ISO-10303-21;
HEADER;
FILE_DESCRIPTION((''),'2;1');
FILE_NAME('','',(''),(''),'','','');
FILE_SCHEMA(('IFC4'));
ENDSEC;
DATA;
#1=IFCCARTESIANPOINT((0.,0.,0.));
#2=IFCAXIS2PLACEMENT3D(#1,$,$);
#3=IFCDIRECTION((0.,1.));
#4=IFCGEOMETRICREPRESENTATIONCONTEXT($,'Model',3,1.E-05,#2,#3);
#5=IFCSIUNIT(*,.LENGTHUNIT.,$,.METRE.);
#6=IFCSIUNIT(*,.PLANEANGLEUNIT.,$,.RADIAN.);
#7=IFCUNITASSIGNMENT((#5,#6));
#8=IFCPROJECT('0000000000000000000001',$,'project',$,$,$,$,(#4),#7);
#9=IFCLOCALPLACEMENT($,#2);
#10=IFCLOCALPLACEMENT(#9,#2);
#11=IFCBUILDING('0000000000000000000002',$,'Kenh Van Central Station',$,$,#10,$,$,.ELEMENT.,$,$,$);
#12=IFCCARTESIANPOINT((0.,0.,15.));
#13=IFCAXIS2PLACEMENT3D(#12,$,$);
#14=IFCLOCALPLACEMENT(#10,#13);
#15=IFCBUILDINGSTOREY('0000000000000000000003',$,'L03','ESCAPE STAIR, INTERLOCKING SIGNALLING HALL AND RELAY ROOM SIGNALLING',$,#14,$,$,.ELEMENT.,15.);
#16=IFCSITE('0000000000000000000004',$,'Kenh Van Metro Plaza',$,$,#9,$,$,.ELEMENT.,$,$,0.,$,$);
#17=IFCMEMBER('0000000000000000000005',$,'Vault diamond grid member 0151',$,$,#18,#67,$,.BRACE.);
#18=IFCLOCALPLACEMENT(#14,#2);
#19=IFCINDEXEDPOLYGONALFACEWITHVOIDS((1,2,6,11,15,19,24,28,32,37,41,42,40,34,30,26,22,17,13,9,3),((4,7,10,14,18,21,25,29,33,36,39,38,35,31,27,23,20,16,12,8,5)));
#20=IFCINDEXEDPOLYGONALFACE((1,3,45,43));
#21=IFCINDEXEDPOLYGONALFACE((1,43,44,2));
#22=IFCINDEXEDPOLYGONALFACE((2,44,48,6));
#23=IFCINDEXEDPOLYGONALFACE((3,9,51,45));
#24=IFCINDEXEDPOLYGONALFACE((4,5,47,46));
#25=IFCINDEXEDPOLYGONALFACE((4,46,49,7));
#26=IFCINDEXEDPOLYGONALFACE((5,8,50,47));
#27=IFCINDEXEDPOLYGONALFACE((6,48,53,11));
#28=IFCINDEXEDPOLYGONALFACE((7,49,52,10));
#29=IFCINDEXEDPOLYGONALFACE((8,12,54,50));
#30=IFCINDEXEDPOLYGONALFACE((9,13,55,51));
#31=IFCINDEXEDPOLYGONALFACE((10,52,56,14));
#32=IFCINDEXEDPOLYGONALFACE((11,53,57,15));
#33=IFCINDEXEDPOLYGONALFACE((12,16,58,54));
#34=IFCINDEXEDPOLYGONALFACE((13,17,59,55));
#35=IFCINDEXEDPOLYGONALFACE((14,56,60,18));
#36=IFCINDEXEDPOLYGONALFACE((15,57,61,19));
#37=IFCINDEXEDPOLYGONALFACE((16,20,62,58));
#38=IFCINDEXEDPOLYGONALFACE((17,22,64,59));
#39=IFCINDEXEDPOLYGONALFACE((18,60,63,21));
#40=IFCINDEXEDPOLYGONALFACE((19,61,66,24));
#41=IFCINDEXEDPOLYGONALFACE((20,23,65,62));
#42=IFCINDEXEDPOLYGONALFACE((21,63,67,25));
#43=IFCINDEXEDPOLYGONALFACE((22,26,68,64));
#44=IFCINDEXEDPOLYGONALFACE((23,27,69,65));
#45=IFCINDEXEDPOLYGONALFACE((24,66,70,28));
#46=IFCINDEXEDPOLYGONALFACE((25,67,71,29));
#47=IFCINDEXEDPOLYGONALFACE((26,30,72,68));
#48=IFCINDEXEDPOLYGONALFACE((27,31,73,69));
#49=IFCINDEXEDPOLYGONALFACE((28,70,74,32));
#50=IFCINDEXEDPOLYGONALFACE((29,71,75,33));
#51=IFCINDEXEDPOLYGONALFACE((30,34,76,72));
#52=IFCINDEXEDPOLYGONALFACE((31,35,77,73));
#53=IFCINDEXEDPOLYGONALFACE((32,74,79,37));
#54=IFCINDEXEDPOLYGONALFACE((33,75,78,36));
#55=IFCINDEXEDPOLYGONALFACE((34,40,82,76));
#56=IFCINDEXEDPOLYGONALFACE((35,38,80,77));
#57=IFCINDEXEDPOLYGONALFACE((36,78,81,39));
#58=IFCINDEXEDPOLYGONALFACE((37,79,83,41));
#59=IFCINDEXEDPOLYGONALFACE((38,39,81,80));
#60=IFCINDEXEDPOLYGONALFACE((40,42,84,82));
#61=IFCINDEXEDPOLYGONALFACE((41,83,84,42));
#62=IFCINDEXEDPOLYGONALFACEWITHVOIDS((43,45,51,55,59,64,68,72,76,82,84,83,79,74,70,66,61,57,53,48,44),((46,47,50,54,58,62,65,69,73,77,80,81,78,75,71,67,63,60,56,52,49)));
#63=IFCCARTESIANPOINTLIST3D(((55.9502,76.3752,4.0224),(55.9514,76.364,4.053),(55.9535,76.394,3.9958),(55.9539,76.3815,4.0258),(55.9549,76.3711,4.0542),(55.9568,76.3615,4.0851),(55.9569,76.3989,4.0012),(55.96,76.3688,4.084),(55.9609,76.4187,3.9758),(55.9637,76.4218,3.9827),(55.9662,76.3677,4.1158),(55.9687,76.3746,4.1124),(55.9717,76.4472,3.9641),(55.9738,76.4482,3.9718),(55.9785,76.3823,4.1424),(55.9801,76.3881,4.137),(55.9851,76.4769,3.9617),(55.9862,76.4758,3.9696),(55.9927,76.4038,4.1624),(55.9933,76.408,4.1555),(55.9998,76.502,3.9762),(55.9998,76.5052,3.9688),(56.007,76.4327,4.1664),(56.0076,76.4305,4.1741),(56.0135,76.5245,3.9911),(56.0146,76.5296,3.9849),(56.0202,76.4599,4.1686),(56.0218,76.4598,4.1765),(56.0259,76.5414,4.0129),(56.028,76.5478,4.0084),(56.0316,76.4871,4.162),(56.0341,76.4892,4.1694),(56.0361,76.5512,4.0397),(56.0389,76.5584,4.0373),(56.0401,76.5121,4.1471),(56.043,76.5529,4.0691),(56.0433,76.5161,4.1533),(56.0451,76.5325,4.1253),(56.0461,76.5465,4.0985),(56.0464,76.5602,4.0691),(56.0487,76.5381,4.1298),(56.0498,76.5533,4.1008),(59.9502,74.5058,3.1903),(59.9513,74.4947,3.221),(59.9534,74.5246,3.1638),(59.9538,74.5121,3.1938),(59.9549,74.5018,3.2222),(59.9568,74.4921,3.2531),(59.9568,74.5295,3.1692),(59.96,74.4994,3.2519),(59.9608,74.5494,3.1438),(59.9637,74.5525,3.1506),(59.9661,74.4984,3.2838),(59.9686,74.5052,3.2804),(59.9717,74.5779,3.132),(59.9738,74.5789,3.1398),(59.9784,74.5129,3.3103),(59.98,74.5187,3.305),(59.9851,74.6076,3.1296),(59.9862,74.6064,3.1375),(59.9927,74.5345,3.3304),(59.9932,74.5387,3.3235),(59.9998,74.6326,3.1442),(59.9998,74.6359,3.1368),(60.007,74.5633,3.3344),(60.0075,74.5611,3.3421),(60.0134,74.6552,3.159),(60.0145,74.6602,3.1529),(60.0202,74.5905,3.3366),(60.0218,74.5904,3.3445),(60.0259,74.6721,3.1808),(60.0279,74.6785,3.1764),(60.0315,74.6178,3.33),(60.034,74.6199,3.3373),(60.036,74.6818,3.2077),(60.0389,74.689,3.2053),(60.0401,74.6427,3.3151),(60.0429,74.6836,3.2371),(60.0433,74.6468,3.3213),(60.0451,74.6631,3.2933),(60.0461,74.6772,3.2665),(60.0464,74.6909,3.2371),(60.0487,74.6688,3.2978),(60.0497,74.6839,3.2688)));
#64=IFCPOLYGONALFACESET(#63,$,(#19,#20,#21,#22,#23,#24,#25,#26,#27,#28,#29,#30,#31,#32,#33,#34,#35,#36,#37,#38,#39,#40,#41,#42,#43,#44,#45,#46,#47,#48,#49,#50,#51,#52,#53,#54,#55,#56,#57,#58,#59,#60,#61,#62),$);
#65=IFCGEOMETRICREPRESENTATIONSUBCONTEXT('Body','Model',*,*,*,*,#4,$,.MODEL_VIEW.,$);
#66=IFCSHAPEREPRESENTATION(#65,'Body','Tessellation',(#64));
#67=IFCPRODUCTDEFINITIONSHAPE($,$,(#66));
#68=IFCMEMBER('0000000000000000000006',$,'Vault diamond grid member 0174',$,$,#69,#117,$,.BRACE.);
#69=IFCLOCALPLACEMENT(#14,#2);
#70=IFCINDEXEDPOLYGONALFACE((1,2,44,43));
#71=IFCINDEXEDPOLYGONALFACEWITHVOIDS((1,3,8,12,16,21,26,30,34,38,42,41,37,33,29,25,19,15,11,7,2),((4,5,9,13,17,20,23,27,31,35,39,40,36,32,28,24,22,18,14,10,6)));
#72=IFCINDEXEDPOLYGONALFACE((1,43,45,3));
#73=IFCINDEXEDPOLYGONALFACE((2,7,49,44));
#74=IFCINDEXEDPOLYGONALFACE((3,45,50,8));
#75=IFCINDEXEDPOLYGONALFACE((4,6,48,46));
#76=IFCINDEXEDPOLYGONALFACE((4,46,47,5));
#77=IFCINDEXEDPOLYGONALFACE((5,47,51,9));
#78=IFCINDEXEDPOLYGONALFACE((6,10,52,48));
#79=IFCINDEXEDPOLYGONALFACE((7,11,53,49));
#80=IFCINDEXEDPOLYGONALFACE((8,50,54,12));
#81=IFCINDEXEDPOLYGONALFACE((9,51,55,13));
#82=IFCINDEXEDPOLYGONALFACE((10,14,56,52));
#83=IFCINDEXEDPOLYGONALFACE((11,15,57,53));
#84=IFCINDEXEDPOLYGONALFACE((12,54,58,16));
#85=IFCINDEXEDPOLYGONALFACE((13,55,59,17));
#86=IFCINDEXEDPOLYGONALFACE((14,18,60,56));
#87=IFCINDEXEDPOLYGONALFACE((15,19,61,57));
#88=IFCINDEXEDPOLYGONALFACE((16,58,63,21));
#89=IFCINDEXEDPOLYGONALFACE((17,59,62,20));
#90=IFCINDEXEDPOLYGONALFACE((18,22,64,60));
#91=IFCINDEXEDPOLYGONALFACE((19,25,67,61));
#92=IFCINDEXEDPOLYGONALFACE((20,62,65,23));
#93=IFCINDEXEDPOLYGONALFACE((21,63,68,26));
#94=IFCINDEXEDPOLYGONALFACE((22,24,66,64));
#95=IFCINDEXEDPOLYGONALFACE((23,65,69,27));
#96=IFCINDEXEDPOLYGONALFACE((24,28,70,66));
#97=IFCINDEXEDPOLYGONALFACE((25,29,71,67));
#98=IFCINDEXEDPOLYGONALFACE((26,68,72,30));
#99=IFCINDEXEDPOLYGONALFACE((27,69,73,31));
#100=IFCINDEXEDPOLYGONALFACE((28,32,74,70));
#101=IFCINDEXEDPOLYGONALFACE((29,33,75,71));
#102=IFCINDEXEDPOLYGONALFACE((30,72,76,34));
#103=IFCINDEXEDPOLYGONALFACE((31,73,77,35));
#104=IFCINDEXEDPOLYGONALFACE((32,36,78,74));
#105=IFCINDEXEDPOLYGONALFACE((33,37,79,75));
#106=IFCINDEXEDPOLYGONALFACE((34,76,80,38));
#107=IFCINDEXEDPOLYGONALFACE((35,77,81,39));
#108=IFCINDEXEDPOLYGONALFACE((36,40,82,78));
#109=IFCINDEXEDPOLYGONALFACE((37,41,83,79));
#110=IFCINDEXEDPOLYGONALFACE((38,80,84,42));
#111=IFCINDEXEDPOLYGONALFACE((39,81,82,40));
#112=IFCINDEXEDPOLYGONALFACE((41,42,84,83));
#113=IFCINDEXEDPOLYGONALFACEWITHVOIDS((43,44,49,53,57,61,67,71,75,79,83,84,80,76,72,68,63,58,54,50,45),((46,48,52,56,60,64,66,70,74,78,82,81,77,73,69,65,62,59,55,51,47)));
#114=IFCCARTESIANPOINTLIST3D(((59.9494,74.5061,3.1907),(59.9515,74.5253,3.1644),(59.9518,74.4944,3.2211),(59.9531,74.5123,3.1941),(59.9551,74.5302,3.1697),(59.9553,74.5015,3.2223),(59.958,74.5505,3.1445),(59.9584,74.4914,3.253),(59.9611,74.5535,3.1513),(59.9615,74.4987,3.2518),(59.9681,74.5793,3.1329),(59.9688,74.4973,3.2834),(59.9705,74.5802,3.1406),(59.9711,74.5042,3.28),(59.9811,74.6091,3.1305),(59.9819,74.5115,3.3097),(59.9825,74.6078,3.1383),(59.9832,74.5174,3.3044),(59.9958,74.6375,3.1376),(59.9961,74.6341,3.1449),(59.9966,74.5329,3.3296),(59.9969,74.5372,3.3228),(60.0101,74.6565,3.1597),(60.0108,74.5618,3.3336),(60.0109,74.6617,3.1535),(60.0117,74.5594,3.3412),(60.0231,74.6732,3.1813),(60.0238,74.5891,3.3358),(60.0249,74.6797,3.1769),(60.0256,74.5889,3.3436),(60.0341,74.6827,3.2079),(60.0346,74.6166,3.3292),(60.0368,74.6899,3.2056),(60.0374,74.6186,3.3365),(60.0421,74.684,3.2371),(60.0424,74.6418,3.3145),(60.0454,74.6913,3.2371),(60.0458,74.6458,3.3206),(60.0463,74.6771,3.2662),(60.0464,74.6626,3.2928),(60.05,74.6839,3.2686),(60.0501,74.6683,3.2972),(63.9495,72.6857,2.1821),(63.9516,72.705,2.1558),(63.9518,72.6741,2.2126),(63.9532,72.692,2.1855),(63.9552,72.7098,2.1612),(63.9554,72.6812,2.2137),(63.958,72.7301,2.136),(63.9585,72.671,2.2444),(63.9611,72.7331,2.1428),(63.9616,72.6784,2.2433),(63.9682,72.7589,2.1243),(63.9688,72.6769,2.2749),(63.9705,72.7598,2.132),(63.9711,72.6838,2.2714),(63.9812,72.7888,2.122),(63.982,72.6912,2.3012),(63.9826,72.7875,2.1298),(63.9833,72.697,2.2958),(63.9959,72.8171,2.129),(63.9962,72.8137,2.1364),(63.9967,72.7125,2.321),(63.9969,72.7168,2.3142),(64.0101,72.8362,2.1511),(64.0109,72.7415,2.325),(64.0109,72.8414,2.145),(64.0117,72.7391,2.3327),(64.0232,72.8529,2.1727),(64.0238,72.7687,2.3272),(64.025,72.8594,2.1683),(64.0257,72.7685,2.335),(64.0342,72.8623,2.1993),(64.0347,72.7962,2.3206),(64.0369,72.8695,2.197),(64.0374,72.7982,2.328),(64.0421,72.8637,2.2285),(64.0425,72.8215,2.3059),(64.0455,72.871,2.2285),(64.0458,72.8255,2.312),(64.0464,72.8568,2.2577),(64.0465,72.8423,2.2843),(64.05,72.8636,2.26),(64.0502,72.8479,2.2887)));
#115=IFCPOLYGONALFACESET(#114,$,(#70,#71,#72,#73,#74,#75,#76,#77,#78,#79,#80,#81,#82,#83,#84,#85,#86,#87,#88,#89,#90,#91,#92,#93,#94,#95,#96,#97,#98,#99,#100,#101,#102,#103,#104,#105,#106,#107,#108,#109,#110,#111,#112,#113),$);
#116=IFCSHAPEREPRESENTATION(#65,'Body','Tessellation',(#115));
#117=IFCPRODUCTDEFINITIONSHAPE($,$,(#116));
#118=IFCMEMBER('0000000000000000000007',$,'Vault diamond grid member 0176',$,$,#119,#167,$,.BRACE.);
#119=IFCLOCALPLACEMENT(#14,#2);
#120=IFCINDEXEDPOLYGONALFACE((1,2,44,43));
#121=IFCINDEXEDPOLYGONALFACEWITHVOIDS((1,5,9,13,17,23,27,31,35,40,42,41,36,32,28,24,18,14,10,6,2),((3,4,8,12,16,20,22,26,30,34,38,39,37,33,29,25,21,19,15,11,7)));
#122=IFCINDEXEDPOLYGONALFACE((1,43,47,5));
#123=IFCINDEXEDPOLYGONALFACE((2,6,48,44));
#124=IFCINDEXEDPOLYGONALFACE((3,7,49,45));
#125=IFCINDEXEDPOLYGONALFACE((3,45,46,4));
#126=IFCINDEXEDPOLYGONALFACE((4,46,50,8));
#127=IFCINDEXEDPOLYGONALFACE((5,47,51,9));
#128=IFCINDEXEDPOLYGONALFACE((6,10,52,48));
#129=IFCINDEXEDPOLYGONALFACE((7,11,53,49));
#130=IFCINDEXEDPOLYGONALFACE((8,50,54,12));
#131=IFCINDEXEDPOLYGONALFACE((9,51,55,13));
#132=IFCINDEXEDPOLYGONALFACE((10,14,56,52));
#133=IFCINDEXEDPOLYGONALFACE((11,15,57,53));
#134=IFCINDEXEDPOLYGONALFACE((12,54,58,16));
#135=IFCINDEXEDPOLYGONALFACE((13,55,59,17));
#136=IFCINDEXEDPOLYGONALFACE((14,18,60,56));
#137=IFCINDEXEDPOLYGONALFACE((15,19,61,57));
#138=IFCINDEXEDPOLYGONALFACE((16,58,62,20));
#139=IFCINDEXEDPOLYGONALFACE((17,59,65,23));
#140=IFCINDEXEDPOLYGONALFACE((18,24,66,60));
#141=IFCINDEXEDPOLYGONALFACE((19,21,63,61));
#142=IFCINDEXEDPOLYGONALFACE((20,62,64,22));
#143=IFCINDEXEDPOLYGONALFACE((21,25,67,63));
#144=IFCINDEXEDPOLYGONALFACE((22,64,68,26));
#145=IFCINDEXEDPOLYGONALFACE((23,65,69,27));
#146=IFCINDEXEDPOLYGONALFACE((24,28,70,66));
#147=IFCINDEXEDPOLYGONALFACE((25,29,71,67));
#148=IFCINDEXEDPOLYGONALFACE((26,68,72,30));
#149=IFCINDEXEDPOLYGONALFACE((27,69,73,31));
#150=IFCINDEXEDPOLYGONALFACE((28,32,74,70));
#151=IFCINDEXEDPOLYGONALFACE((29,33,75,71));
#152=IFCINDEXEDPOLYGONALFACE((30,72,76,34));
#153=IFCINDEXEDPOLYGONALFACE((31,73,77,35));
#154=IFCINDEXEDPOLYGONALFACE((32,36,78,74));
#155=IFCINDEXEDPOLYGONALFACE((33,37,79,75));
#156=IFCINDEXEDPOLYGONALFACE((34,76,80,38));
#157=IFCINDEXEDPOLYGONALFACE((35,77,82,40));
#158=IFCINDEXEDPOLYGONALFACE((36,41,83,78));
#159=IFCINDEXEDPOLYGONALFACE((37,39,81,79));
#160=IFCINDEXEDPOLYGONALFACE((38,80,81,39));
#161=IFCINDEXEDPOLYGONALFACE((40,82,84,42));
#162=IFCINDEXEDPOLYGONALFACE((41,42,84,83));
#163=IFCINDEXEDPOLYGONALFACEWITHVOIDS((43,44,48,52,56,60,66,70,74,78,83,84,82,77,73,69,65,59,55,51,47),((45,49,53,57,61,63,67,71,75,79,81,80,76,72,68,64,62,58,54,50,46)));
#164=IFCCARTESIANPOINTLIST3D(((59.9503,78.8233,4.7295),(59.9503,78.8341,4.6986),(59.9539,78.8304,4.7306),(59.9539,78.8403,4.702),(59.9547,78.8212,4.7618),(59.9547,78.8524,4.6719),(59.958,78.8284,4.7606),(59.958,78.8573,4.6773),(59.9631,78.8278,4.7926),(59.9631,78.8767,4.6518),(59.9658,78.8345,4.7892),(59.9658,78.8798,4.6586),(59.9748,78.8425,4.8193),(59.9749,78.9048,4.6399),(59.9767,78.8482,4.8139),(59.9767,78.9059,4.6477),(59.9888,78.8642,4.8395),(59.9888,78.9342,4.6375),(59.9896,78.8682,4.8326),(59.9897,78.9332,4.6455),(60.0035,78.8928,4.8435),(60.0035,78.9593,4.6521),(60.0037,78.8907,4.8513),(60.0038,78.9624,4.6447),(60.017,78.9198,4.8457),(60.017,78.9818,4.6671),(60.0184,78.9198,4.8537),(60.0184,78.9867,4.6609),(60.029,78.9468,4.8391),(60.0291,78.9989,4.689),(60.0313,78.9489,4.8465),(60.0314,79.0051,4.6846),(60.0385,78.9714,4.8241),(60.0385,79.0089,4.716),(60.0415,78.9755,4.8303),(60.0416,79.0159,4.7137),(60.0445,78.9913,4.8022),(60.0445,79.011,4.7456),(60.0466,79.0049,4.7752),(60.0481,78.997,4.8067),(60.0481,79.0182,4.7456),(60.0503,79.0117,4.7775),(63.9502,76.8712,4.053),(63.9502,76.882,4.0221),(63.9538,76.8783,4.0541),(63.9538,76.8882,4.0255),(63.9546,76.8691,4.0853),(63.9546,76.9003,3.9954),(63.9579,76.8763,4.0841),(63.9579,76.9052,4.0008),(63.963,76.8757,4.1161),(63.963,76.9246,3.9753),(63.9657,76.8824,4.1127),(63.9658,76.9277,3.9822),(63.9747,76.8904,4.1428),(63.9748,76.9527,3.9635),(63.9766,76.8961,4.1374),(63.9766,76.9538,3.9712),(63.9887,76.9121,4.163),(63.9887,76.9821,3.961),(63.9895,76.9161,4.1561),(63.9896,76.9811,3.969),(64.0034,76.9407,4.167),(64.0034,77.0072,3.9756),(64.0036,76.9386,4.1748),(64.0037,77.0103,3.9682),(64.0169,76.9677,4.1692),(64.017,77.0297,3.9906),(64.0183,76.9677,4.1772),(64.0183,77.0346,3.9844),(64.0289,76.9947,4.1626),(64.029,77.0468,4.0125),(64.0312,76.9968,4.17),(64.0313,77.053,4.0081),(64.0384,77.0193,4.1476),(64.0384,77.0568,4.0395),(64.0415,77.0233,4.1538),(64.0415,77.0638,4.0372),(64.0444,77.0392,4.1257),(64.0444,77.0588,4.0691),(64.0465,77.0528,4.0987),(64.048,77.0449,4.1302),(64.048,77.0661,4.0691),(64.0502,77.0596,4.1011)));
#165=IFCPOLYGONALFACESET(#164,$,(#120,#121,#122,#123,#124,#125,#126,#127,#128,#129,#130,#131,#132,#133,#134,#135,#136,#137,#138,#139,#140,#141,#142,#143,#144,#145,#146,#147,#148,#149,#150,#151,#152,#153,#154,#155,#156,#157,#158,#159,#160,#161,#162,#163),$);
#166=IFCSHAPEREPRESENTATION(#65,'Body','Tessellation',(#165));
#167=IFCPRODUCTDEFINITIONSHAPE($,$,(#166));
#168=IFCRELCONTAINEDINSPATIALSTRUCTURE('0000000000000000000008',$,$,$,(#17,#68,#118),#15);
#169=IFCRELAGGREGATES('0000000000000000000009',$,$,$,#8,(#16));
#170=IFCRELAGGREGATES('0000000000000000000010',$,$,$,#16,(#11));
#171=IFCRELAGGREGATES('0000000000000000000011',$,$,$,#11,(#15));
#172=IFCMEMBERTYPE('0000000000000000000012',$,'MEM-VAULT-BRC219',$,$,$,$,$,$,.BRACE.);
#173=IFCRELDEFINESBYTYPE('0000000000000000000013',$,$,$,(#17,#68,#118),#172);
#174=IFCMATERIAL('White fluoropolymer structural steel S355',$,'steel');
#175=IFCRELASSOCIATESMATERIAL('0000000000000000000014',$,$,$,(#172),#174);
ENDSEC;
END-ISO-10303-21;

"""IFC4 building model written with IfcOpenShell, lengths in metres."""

from ifc_helpers import new_model, si_unit, direction, frame, origin, origin_2d, place, context, subcontext, project, spatial, hollow_circle, extrude, material, material_profile, profile_set, type_object, element, save


model = new_model("IFC4")

# Units and contexts
model_context = context("Model", 3, precision=1e-05, world=origin(), true_north=direction((0.0, 1.0)))
body_context = subcontext(model_context, "Body", "Model", "MODEL_VIEW")
ifc_project = project(units=[si_unit("LENGTHUNIT", "METRE"), si_unit("PLANEANGLEUNIT", "RADIAN")], contexts=[model_context])

# Site, building, storey
site_placement = place(None, origin())
site = spatial("IfcSite", under=ifc_project, at=site_placement, Name="Kenh Van Metro Plaza", CompositionType="ELEMENT", RefElevation=0.0)
building_placement = place(site_placement, origin())
building = spatial("IfcBuilding", under=site, at=building_placement, Name="Kenh Van Central Station", CompositionType="ELEMENT")
storey_placement = place(building_placement, frame((0.0, 0.0, 15.0)))
storey = spatial("IfcBuildingStorey", under=building, at=storey_placement, Name="L03", Description="ESCAPE STAIR, INTERLOCKING SIGNALLING HALL AND RELAY ROOM SIGNALLING", CompositionType="ELEMENT", Elevation=15.0)

# Shared definitions
ifc_material_1 = material(Name="White fluoropolymer structural steel S355", Category="steel")

# Members
ifc_material_profile_1 = material_profile(ifc_material_1, hollow_circle(Radius=0.1096, WallThickness=0.0081, at=origin_2d()), Name="CHS 219.1x8")
ifc_profile_set_1 = profile_set([ifc_material_profile_1], Name="White fluoropolymer structural steel S355")
member_type_1 = type_object("IfcMemberType", Name="MEM-VAULT-BRC219", PredefinedType="BRACE", material=ifc_profile_set_1)
member_1_placement = place(storey_placement, frame((56.0, 76.4609, 4.0691), z_axis=(0.890278, -0.416068, -0.185185), x_axis=(0.423391, 0.905947, 0.0)))
element("IfcMember", 1, at=member_1_placement, inside=storey, type_object=member_type_1, Name="Vault diamond grid member 0151", PredefinedType="BRACE", context=body_context, shape_type="SweptSolid", body=[
    extrude(hollow_circle(Radius=0.1096, WallThickness=0.0081, at=origin_2d()), origin(), (0.0, 0.0, 1.0), 4.4929),
])
member_2_placement = place(storey_placement, frame((60.0, 74.5916, 3.2371), z_axis=(0.887123, -0.40371, -0.223676), x_axis=(0.414205, 0.910184, 0.0)))
element("IfcMember", 2, at=member_2_placement, inside=storey, type_object=member_type_1, Name="Vault diamond grid member 0174", PredefinedType="BRACE", context=body_context, shape_type="SweptSolid", body=[
    extrude(hollow_circle(Radius=0.1096, WallThickness=0.0081, at=origin_2d()), origin(), (0.0, 0.0, 1.0), 4.509),
])
member_3_placement = place(storey_placement, frame((60.0, 78.9197, 4.7456), z_axis=(0.888482, -0.433612, -0.150268), x_axis=(0.438592, 0.898686, 0.0)))
element("IfcMember", 3, at=member_3_placement, inside=storey, type_object=member_type_1, Name="Vault diamond grid member 0176", PredefinedType="BRACE", context=body_context, shape_type="SweptSolid", body=[
    extrude(hollow_circle(Radius=0.1096, WallThickness=0.0081, at=origin_2d()), origin(), (0.0, 0.0, 1.0), 4.502),
])

save(model, "model.ifc")
